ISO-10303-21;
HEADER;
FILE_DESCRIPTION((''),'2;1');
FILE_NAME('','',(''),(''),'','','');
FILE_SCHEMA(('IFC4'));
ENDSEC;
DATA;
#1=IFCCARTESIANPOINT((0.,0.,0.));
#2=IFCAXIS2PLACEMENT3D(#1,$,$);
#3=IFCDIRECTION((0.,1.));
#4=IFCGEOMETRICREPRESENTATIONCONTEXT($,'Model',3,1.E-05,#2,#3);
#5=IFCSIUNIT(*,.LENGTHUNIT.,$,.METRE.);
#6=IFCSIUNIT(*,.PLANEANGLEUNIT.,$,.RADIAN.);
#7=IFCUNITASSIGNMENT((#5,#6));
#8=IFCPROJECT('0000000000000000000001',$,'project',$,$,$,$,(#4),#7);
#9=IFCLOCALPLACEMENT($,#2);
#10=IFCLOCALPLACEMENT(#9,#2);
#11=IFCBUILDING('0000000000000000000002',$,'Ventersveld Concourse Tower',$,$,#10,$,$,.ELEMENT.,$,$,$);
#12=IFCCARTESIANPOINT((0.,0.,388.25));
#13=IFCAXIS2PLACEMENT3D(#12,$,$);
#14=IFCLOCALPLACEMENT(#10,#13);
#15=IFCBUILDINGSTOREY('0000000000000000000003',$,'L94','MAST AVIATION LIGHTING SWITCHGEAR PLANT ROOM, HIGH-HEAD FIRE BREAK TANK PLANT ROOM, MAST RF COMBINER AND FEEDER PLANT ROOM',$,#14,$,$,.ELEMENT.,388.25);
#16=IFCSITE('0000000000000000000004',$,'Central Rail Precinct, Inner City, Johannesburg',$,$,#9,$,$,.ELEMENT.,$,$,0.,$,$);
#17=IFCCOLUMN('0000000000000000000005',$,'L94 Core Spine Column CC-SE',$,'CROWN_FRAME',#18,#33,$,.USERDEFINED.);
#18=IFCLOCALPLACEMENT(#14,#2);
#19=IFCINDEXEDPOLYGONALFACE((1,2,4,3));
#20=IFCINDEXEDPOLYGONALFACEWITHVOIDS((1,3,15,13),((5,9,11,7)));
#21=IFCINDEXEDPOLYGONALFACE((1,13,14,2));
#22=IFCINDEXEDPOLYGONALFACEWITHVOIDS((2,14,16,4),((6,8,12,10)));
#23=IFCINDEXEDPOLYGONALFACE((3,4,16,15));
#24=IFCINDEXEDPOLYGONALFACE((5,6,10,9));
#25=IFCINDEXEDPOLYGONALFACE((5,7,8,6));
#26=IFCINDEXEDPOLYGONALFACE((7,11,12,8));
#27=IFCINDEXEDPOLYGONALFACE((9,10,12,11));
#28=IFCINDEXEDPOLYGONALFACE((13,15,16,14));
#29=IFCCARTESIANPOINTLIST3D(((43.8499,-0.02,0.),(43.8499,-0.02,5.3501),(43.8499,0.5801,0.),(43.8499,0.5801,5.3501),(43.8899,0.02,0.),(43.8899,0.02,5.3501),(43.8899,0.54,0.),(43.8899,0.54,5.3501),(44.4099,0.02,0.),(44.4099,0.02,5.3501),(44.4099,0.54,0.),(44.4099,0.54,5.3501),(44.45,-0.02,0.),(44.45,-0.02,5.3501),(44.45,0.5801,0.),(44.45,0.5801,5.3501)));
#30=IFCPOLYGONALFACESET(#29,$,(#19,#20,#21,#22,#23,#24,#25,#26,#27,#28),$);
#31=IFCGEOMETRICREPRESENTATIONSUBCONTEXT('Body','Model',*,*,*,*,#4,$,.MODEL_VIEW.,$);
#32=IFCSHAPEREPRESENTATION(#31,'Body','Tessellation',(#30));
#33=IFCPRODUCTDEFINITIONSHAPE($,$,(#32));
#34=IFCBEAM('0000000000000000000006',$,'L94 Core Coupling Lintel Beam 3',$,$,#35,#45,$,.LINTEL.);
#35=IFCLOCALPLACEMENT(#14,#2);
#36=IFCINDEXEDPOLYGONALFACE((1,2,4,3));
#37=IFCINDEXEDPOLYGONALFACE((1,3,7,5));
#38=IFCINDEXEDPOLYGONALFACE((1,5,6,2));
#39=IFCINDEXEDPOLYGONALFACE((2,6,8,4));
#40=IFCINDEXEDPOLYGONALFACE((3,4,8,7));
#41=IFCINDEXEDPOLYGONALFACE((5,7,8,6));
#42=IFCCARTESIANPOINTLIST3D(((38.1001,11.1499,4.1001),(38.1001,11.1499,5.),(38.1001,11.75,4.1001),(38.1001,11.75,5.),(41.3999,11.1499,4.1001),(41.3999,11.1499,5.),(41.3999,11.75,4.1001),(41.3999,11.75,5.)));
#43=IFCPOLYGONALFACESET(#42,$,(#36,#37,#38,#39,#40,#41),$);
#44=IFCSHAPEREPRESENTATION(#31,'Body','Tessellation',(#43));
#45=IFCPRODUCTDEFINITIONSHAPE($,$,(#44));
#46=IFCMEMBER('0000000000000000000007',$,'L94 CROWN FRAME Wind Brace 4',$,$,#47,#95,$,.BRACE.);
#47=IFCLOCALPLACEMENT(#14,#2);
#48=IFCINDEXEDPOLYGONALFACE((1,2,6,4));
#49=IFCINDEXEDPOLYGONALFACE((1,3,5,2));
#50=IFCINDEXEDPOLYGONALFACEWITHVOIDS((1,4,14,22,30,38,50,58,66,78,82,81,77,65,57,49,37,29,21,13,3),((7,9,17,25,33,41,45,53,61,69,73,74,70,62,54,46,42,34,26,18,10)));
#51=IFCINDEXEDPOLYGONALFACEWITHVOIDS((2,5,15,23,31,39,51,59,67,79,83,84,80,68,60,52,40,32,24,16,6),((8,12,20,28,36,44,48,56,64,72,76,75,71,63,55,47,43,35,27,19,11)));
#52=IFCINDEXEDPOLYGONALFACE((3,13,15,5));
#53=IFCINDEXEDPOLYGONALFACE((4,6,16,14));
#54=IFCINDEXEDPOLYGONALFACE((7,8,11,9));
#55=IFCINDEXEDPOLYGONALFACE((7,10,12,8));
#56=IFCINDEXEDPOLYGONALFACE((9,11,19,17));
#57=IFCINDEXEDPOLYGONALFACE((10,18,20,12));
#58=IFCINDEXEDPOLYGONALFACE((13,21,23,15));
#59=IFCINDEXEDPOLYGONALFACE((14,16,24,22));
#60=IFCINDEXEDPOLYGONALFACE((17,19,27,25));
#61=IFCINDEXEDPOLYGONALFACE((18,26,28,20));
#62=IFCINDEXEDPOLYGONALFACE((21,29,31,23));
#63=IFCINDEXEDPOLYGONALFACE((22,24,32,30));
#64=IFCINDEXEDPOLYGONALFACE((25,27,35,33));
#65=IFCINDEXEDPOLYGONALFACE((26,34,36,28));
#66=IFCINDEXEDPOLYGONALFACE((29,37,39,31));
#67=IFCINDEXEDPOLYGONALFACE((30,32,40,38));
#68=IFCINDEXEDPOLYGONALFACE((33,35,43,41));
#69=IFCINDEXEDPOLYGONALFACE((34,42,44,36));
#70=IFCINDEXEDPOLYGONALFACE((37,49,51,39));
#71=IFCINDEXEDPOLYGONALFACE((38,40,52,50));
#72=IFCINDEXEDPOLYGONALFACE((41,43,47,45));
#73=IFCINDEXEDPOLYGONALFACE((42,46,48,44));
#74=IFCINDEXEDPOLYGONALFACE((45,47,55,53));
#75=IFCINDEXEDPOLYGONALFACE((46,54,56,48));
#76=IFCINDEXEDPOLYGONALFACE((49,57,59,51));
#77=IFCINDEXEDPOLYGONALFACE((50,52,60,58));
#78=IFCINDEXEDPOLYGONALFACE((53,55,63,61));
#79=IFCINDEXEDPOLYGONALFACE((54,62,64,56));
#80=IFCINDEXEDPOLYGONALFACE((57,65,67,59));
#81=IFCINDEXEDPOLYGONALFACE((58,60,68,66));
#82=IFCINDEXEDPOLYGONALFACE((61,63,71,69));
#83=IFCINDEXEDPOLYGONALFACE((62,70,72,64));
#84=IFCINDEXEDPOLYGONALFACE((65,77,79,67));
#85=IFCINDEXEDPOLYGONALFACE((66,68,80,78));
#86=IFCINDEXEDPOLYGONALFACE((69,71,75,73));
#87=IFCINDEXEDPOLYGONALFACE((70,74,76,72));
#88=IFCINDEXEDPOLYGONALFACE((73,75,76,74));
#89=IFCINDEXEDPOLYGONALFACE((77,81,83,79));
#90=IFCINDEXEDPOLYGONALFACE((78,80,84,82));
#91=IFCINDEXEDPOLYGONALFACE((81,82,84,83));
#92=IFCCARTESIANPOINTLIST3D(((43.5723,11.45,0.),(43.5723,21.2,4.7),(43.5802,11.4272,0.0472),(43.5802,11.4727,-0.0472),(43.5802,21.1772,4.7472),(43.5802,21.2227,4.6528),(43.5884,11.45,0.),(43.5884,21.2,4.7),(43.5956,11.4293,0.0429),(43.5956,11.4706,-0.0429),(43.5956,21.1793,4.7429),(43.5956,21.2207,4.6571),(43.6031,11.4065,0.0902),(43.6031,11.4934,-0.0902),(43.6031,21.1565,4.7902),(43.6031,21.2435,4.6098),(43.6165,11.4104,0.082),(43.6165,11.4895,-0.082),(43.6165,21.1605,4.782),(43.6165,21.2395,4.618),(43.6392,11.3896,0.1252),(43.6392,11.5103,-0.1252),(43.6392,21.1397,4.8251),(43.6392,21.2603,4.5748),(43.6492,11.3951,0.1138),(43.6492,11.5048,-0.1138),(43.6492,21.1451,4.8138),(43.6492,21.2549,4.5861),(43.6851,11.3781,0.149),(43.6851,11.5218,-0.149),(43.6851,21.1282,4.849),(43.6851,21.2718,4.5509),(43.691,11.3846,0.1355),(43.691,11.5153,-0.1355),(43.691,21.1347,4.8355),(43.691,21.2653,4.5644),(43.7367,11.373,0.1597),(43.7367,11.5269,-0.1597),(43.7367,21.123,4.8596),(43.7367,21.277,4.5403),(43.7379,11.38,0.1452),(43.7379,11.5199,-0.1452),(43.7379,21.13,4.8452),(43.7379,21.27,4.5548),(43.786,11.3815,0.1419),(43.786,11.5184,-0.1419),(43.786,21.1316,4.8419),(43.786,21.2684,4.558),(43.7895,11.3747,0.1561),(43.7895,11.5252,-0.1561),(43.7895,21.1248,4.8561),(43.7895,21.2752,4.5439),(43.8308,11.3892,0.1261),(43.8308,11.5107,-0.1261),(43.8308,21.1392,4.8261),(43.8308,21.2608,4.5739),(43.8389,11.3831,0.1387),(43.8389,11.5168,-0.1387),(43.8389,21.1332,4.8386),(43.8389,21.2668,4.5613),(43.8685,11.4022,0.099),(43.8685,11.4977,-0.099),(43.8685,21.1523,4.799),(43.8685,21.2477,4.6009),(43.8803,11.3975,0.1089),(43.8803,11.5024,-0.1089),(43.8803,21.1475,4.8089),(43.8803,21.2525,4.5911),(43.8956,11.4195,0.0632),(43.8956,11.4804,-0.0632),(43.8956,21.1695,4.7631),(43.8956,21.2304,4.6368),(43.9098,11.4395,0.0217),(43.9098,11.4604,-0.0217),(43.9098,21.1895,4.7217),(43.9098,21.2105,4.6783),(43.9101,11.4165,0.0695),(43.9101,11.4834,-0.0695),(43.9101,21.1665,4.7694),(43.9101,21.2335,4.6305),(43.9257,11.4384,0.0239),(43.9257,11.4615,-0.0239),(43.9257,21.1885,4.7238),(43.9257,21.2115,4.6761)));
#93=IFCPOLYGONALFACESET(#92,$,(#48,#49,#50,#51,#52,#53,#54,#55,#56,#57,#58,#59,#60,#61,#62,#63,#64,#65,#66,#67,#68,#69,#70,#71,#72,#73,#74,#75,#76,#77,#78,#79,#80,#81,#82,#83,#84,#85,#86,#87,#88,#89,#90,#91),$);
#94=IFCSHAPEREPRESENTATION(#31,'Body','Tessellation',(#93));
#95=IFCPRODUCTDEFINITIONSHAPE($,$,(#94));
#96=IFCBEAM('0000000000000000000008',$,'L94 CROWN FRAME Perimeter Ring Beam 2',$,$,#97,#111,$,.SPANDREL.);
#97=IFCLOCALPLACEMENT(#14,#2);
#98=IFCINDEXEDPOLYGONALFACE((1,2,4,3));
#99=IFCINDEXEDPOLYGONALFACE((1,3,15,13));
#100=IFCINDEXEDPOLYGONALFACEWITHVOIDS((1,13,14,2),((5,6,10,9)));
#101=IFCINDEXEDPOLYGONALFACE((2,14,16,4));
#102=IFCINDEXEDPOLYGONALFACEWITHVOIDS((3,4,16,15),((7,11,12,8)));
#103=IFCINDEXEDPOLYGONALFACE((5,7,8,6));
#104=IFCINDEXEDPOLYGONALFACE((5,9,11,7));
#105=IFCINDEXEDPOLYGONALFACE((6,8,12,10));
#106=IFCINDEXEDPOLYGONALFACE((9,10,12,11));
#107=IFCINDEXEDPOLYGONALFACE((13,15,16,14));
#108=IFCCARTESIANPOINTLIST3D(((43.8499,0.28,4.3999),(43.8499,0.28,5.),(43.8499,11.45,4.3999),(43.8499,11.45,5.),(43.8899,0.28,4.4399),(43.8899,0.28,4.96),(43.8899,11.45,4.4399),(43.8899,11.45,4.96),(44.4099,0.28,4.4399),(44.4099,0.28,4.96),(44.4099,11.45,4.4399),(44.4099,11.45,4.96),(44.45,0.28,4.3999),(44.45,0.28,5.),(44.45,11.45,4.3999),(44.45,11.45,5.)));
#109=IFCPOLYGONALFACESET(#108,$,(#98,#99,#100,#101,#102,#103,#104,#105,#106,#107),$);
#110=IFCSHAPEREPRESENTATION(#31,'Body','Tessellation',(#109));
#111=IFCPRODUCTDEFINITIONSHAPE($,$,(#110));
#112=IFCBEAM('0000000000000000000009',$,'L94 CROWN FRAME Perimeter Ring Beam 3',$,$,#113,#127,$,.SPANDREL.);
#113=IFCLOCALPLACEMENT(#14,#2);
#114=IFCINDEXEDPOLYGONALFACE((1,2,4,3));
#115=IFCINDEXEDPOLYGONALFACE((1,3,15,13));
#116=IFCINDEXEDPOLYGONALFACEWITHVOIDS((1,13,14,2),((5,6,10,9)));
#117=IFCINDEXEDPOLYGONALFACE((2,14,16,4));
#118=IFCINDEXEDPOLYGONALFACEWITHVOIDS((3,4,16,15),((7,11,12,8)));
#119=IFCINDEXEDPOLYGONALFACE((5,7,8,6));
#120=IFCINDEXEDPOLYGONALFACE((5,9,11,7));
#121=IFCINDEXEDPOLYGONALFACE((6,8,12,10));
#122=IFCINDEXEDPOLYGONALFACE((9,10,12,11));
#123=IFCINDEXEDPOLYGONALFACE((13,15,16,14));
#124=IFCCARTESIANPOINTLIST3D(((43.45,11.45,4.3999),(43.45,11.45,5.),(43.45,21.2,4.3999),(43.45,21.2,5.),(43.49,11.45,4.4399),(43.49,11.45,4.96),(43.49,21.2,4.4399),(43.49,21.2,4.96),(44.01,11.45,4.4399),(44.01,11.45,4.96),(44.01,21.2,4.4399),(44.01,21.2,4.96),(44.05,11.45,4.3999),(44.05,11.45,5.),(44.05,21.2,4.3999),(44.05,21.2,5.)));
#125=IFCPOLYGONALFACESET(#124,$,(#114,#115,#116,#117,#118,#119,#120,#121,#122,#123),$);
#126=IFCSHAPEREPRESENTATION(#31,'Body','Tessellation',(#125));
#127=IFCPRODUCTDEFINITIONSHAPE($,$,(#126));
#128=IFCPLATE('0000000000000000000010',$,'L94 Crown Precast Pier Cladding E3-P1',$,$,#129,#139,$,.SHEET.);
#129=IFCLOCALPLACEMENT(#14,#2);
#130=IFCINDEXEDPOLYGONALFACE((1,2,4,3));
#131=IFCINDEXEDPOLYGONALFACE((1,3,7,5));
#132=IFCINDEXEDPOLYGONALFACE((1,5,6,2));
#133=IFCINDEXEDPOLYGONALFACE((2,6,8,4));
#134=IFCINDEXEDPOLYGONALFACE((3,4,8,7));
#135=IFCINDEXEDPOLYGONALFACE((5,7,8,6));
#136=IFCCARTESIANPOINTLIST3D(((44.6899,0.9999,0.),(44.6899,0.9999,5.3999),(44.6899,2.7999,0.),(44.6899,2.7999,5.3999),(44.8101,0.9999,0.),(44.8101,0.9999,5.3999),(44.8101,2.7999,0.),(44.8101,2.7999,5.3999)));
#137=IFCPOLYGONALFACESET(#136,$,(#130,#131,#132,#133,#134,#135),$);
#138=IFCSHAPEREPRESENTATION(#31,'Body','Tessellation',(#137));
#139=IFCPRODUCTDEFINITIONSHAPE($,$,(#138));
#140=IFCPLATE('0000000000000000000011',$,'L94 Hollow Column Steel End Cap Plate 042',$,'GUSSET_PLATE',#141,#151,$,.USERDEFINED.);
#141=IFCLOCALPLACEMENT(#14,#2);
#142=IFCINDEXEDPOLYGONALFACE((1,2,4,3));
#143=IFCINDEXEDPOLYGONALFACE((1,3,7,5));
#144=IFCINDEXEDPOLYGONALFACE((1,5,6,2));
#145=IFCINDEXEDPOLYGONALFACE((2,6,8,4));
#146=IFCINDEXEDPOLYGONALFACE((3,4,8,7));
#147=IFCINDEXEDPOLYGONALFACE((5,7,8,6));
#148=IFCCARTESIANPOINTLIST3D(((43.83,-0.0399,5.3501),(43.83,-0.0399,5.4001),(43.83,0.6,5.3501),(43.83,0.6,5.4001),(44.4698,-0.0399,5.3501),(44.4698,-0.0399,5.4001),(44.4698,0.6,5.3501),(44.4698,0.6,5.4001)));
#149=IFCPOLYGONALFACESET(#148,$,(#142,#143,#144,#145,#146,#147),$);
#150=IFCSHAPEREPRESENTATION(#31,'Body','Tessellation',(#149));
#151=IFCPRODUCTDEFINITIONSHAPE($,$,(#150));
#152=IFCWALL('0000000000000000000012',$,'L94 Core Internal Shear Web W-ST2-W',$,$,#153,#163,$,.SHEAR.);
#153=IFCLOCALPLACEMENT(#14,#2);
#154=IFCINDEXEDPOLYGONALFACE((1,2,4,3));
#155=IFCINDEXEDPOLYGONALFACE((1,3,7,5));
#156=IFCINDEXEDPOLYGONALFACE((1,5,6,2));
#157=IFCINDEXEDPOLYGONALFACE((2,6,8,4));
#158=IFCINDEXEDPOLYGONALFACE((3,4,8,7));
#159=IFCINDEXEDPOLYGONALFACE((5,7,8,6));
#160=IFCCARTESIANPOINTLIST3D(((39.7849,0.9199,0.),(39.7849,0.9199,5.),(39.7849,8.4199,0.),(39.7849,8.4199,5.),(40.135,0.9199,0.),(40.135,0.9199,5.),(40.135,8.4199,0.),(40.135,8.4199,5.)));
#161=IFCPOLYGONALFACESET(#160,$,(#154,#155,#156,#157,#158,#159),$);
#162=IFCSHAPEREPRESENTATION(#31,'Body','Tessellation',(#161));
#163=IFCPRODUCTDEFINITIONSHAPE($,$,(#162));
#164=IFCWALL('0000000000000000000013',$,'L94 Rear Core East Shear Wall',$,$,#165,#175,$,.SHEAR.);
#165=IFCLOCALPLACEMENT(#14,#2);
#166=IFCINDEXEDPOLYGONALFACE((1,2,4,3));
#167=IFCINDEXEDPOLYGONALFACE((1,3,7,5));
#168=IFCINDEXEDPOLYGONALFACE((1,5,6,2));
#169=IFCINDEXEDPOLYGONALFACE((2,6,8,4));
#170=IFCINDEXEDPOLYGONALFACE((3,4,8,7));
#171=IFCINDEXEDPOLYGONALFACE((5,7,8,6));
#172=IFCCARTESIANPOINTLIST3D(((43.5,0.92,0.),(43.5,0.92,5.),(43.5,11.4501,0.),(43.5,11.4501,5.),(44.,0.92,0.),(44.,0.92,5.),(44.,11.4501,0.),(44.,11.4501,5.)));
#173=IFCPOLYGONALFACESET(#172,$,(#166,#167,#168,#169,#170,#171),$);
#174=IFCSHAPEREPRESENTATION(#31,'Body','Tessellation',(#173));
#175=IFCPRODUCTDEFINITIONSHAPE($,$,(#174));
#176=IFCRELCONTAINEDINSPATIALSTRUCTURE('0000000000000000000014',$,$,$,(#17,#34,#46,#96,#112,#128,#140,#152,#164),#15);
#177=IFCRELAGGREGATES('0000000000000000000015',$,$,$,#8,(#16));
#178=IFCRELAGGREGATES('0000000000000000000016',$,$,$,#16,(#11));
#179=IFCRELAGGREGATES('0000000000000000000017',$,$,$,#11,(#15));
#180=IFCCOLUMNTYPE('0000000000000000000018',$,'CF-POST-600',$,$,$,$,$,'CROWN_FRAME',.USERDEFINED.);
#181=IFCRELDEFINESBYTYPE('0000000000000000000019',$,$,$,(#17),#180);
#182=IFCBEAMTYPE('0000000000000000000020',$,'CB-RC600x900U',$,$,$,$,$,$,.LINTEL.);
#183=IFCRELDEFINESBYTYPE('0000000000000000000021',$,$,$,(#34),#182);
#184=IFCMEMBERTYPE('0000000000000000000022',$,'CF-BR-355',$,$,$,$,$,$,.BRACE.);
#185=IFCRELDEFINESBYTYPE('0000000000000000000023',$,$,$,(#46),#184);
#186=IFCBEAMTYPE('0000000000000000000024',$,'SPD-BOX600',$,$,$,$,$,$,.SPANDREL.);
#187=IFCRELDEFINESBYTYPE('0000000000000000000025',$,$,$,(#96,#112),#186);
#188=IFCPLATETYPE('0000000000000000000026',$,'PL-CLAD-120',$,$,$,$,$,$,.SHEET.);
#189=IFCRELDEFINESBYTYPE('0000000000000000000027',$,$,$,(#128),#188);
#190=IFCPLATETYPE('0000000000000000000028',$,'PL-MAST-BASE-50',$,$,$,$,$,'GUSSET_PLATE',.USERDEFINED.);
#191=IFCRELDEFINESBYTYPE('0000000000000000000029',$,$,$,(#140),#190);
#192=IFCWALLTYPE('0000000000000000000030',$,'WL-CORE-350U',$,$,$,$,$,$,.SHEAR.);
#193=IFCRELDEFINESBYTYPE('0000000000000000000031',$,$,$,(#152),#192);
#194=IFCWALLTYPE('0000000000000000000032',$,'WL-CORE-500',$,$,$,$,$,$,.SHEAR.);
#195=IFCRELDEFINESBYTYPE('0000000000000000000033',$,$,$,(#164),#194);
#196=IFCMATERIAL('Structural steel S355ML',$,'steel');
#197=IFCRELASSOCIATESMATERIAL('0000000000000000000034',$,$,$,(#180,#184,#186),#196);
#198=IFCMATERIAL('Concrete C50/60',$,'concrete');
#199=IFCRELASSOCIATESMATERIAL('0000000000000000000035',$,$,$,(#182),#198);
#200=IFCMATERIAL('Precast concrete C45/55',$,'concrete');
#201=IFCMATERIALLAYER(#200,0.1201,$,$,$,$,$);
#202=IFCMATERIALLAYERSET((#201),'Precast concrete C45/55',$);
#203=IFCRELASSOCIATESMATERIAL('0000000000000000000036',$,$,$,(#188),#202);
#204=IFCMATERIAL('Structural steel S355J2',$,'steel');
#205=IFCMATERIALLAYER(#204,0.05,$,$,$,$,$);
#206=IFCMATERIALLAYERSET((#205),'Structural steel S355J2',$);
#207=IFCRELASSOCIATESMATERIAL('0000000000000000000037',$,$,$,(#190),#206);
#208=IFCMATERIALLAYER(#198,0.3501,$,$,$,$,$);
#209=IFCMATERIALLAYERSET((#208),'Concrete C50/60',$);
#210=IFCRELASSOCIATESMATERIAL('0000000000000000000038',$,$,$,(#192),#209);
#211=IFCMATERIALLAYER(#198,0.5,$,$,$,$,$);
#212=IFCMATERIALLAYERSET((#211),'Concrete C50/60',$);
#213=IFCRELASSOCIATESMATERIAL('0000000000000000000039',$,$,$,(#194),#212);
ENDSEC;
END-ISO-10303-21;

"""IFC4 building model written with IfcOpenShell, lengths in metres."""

from ifc_helpers import new_model, si_unit, direction, frame, frame_2d, origin, origin_2d, place, context, subcontext, project, spatial, rectangle, hollow_rectangle, hollow_circle, extrude, material, layer, layer_set, material_profile, profile_set, type_object, element, save


model = new_model("IFC4")

# Units and contexts
model_context = context("Model", 3, precision=1e-05, world=origin(), true_north=direction((0.0, 1.0)))
body_context = subcontext(model_context, "Body", "Model", "MODEL_VIEW")
ifc_project = project(units=[si_unit("LENGTHUNIT", "METRE"), si_unit("PLANEANGLEUNIT", "RADIAN")], contexts=[model_context])

# Site, building, storey
site_placement = place(None, origin())
site = spatial("IfcSite", under=ifc_project, at=site_placement, Name="Central Rail Precinct, Inner City, Johannesburg", CompositionType="ELEMENT", RefElevation=0.0)
building_placement = place(site_placement, origin())
building = spatial("IfcBuilding", under=site, at=building_placement, Name="Ventersveld Concourse Tower", CompositionType="ELEMENT")
storey_placement = place(building_placement, frame((0.0, 0.0, 388.25)))
storey = spatial("IfcBuildingStorey", under=building, at=storey_placement, Name="L94", Description="MAST AVIATION LIGHTING SWITCHGEAR PLANT ROOM, HIGH-HEAD FIRE BREAK TANK PLANT ROOM, MAST RF COMBINER AND FEEDER PLANT ROOM", CompositionType="ELEMENT", Elevation=388.25)

# Column
ifc_material_1 = material(Name="Structural steel S355ML", Category="steel")
ifc_material_profile_1 = material_profile(ifc_material_1, hollow_rectangle(XDim=0.6001, YDim=0.6001, WallThickness=0.04, at=origin_2d()), Name="BOX 600x600x40")
ifc_profile_set_1 = profile_set([ifc_material_profile_1], Name="Structural steel S355ML")
column_type = type_object("IfcColumnType", Name="CF-POST-600", ElementType="CROWN_FRAME", PredefinedType="USERDEFINED", material=ifc_profile_set_1)
column_placement = place(storey_placement, frame((44.1499, 0.28, 0.0), z_axis=(0.0, 0.0, 1.0), x_axis=(1.0, 0.0, 0.0)))
element("IfcColumn", 1, at=column_placement, inside=storey, type_object=column_type, Name="L94 Core Spine Column CC-SE", ObjectType="CROWN_FRAME", PredefinedType="USERDEFINED", context=body_context, shape_type="SweptSolid", body=[
    extrude(hollow_rectangle(XDim=0.6001, YDim=0.6001, WallThickness=0.04, at=origin_2d()), origin(), (0.0, 0.0, 1.0), 5.3501),
])

# Beam
ifc_material_2 = material(Name="Concrete C50/60", Category="concrete")
ifc_material_profile_2 = material_profile(ifc_material_2, rectangle(XDim=0.6001, YDim=0.8999, at=origin_2d()), Name="RC 600x900")
ifc_profile_set_2 = profile_set([ifc_material_profile_2], Name="Concrete C50/60")
beam_type_1 = type_object("IfcBeamType", Name="CB-RC600x900U", PredefinedType="LINTEL", material=ifc_profile_set_2)
beam_1_placement = place(storey_placement, frame((38.1001, 11.45, 4.55), z_axis=(1.0, 0.0, 0.0), x_axis=(0.0, 1.0, 0.0)))
element("IfcBeam", 2, at=beam_1_placement, inside=storey, type_object=beam_type_1, Name="L94 Core Coupling Lintel Beam 3", PredefinedType="LINTEL", context=body_context, shape_type="SweptSolid", body=[
    extrude(rectangle(XDim=0.6001, YDim=0.8999, at=origin_2d()), origin(), (0.0, 0.0, 1.0), 3.2998),
])

# Member
ifc_material_profile_3 = material_profile(ifc_material_1, hollow_circle(Radius=0.1777, WallThickness=0.0161, at=origin_2d()), Name="CHS 355.6x16")
ifc_profile_set_3 = profile_set([ifc_material_profile_3], Name="Structural steel S355ML")
member_type = type_object("IfcMemberType", Name="CF-BR-355", PredefinedType="BRACE", material=ifc_profile_set_3)
member_placement = place(storey_placement, frame((43.75, 11.45, 0.0), z_axis=(0.0, 0.900803, 0.434229), x_axis=(-1.0, 0.0, 0.0)))
element("IfcMember", 3, at=member_placement, inside=storey, type_object=member_type, Name="L94 CROWN FRAME Wind Brace 4", PredefinedType="BRACE", context=body_context, shape_type="SweptSolid", body=[
    extrude(hollow_circle(Radius=0.1777, WallThickness=0.0161, at=origin_2d()), origin(), (0.0, 0.0, 1.0), 10.8237),
])

# Beams
ifc_material_profile_4 = material_profile(ifc_material_1, hollow_rectangle(XDim=0.6001, YDim=0.6001, WallThickness=0.04, at=origin_2d()), Name="BOX 600x600x40")
ifc_profile_set_4 = profile_set([ifc_material_profile_4], Name="Structural steel S355ML")
beam_type_2 = type_object("IfcBeamType", Name="SPD-BOX600", PredefinedType="SPANDREL", material=ifc_profile_set_4)
beam_2_placement = place(storey_placement, frame((44.1499, 0.28, 4.7), z_axis=(0.0, 1.0, 0.0), x_axis=(-1.0, 0.0, 0.0)))
element("IfcBeam", 4, at=beam_2_placement, inside=storey, type_object=beam_type_2, Name="L94 CROWN FRAME Perimeter Ring Beam 2", PredefinedType="SPANDREL", context=body_context, shape_type="SweptSolid", body=[
    extrude(hollow_rectangle(XDim=0.6001, YDim=0.6001, WallThickness=0.04, at=origin_2d()), origin(), (0.0, 0.0, 1.0), 11.1699),
])
beam_3_placement = place(storey_placement, frame((43.75, 11.45, 4.7), z_axis=(0.0, 1.0, 0.0), x_axis=(-1.0, 0.0, 0.0)))
element("IfcBeam", 5, at=beam_3_placement, inside=storey, type_object=beam_type_2, Name="L94 CROWN FRAME Perimeter Ring Beam 3", PredefinedType="SPANDREL", context=body_context, shape_type="SweptSolid", body=[
    extrude(hollow_rectangle(XDim=0.6001, YDim=0.6001, WallThickness=0.04, at=origin_2d()), origin(), (0.0, 0.0, 1.0), 9.75),
])

# Plates
ifc_material_3 = material(Name="Precast concrete C45/55", Category="concrete")
ifc_layer_1 = layer(ifc_material_3, 0.1201)
ifc_layer_set_1 = layer_set([ifc_layer_1], Name="Precast concrete C45/55")
plate_type_1 = type_object("IfcPlateType", Name="PL-CLAD-120", PredefinedType="SHEET", material=ifc_layer_set_1)
plate_1_placement = place(storey_placement, frame((44.75, 1.8999, 0.0), z_axis=(0.0, 0.0, 1.0), x_axis=(0.0, 1.0, 0.0)))
element("IfcPlate", 6, at=plate_1_placement, inside=storey, type_object=plate_type_1, Name="L94 Crown Precast Pier Cladding E3-P1", PredefinedType="SHEET", context=body_context, shape_type="SweptSolid", body=[
    extrude(rectangle(XDim=1.8, YDim=0.1201, at=origin_2d()), origin(), (0.0, 0.0, 1.0), 5.3999),
])
ifc_material_4 = material(Name="Structural steel S355J2", Category="steel")
ifc_layer_2 = layer(ifc_material_4, 0.05)
ifc_layer_set_2 = layer_set([ifc_layer_2], Name="Structural steel S355J2")
plate_type_2 = type_object("IfcPlateType", Name="PL-MAST-BASE-50", ElementType="GUSSET_PLATE", PredefinedType="USERDEFINED", material=ifc_layer_set_2)
plate_2_placement = place(storey_placement, frame((44.1499, 0.28, 5.3501), z_axis=(0.0, 0.0, 1.0), x_axis=(1.0, 0.0, 0.0)))
element("IfcPlate", 7, at=plate_2_placement, inside=storey, type_object=plate_type_2, Name="L94 Hollow Column Steel End Cap Plate 042", ObjectType="GUSSET_PLATE", PredefinedType="USERDEFINED", context=body_context, shape_type="SweptSolid", body=[
    extrude(rectangle(XDim=0.6399, YDim=0.6399, at=origin_2d()), origin(), (0.0, 0.0, 1.0), 0.05),
])

# Walls
ifc_layer_3 = layer(ifc_material_2, 0.3501)
ifc_layer_set_3 = layer_set([ifc_layer_3], Name="Concrete C50/60")
wall_type_1 = type_object("IfcWallType", Name="WL-CORE-350U", PredefinedType="SHEAR", material=ifc_layer_set_3)
wall_1_placement = place(storey_placement, frame((39.96, 0.9199, 0.0), z_axis=(0.0, 0.0, 1.0), x_axis=(0.0, 1.0, 0.0)))
element("IfcWall", 8, at=wall_1_placement, inside=storey, type_object=wall_type_1, Name="L94 Core Internal Shear Web W-ST2-W", PredefinedType="SHEAR", context=body_context, shape_type="SweptSolid", body=[
    extrude(rectangle(XDim=7.5, YDim=0.3501, at=frame_2d((3.75, 0.0))), origin(), (0.0, 0.0, 1.0), 5.0),
])
ifc_layer_4 = layer(ifc_material_2, 0.5)
ifc_layer_set_4 = layer_set([ifc_layer_4], Name="Concrete C50/60")
wall_type_2 = type_object("IfcWallType", Name="WL-CORE-500", PredefinedType="SHEAR", material=ifc_layer_set_4)
wall_2_placement = place(storey_placement, frame((43.75, 0.9199, 0.0), z_axis=(0.0, 0.0, 1.0), x_axis=(0.0, 1.0, 0.0)))
element("IfcWall", 9, at=wall_2_placement, inside=storey, type_object=wall_type_2, Name="L94 Rear Core East Shear Wall", PredefinedType="SHEAR", context=body_context, shape_type="SweptSolid", body=[
    extrude(rectangle(XDim=10.53, YDim=0.5, at=frame_2d((5.2651, 0.0))), origin(), (0.0, 0.0, 1.0), 5.0),
])

save(model, "model.ifc")
